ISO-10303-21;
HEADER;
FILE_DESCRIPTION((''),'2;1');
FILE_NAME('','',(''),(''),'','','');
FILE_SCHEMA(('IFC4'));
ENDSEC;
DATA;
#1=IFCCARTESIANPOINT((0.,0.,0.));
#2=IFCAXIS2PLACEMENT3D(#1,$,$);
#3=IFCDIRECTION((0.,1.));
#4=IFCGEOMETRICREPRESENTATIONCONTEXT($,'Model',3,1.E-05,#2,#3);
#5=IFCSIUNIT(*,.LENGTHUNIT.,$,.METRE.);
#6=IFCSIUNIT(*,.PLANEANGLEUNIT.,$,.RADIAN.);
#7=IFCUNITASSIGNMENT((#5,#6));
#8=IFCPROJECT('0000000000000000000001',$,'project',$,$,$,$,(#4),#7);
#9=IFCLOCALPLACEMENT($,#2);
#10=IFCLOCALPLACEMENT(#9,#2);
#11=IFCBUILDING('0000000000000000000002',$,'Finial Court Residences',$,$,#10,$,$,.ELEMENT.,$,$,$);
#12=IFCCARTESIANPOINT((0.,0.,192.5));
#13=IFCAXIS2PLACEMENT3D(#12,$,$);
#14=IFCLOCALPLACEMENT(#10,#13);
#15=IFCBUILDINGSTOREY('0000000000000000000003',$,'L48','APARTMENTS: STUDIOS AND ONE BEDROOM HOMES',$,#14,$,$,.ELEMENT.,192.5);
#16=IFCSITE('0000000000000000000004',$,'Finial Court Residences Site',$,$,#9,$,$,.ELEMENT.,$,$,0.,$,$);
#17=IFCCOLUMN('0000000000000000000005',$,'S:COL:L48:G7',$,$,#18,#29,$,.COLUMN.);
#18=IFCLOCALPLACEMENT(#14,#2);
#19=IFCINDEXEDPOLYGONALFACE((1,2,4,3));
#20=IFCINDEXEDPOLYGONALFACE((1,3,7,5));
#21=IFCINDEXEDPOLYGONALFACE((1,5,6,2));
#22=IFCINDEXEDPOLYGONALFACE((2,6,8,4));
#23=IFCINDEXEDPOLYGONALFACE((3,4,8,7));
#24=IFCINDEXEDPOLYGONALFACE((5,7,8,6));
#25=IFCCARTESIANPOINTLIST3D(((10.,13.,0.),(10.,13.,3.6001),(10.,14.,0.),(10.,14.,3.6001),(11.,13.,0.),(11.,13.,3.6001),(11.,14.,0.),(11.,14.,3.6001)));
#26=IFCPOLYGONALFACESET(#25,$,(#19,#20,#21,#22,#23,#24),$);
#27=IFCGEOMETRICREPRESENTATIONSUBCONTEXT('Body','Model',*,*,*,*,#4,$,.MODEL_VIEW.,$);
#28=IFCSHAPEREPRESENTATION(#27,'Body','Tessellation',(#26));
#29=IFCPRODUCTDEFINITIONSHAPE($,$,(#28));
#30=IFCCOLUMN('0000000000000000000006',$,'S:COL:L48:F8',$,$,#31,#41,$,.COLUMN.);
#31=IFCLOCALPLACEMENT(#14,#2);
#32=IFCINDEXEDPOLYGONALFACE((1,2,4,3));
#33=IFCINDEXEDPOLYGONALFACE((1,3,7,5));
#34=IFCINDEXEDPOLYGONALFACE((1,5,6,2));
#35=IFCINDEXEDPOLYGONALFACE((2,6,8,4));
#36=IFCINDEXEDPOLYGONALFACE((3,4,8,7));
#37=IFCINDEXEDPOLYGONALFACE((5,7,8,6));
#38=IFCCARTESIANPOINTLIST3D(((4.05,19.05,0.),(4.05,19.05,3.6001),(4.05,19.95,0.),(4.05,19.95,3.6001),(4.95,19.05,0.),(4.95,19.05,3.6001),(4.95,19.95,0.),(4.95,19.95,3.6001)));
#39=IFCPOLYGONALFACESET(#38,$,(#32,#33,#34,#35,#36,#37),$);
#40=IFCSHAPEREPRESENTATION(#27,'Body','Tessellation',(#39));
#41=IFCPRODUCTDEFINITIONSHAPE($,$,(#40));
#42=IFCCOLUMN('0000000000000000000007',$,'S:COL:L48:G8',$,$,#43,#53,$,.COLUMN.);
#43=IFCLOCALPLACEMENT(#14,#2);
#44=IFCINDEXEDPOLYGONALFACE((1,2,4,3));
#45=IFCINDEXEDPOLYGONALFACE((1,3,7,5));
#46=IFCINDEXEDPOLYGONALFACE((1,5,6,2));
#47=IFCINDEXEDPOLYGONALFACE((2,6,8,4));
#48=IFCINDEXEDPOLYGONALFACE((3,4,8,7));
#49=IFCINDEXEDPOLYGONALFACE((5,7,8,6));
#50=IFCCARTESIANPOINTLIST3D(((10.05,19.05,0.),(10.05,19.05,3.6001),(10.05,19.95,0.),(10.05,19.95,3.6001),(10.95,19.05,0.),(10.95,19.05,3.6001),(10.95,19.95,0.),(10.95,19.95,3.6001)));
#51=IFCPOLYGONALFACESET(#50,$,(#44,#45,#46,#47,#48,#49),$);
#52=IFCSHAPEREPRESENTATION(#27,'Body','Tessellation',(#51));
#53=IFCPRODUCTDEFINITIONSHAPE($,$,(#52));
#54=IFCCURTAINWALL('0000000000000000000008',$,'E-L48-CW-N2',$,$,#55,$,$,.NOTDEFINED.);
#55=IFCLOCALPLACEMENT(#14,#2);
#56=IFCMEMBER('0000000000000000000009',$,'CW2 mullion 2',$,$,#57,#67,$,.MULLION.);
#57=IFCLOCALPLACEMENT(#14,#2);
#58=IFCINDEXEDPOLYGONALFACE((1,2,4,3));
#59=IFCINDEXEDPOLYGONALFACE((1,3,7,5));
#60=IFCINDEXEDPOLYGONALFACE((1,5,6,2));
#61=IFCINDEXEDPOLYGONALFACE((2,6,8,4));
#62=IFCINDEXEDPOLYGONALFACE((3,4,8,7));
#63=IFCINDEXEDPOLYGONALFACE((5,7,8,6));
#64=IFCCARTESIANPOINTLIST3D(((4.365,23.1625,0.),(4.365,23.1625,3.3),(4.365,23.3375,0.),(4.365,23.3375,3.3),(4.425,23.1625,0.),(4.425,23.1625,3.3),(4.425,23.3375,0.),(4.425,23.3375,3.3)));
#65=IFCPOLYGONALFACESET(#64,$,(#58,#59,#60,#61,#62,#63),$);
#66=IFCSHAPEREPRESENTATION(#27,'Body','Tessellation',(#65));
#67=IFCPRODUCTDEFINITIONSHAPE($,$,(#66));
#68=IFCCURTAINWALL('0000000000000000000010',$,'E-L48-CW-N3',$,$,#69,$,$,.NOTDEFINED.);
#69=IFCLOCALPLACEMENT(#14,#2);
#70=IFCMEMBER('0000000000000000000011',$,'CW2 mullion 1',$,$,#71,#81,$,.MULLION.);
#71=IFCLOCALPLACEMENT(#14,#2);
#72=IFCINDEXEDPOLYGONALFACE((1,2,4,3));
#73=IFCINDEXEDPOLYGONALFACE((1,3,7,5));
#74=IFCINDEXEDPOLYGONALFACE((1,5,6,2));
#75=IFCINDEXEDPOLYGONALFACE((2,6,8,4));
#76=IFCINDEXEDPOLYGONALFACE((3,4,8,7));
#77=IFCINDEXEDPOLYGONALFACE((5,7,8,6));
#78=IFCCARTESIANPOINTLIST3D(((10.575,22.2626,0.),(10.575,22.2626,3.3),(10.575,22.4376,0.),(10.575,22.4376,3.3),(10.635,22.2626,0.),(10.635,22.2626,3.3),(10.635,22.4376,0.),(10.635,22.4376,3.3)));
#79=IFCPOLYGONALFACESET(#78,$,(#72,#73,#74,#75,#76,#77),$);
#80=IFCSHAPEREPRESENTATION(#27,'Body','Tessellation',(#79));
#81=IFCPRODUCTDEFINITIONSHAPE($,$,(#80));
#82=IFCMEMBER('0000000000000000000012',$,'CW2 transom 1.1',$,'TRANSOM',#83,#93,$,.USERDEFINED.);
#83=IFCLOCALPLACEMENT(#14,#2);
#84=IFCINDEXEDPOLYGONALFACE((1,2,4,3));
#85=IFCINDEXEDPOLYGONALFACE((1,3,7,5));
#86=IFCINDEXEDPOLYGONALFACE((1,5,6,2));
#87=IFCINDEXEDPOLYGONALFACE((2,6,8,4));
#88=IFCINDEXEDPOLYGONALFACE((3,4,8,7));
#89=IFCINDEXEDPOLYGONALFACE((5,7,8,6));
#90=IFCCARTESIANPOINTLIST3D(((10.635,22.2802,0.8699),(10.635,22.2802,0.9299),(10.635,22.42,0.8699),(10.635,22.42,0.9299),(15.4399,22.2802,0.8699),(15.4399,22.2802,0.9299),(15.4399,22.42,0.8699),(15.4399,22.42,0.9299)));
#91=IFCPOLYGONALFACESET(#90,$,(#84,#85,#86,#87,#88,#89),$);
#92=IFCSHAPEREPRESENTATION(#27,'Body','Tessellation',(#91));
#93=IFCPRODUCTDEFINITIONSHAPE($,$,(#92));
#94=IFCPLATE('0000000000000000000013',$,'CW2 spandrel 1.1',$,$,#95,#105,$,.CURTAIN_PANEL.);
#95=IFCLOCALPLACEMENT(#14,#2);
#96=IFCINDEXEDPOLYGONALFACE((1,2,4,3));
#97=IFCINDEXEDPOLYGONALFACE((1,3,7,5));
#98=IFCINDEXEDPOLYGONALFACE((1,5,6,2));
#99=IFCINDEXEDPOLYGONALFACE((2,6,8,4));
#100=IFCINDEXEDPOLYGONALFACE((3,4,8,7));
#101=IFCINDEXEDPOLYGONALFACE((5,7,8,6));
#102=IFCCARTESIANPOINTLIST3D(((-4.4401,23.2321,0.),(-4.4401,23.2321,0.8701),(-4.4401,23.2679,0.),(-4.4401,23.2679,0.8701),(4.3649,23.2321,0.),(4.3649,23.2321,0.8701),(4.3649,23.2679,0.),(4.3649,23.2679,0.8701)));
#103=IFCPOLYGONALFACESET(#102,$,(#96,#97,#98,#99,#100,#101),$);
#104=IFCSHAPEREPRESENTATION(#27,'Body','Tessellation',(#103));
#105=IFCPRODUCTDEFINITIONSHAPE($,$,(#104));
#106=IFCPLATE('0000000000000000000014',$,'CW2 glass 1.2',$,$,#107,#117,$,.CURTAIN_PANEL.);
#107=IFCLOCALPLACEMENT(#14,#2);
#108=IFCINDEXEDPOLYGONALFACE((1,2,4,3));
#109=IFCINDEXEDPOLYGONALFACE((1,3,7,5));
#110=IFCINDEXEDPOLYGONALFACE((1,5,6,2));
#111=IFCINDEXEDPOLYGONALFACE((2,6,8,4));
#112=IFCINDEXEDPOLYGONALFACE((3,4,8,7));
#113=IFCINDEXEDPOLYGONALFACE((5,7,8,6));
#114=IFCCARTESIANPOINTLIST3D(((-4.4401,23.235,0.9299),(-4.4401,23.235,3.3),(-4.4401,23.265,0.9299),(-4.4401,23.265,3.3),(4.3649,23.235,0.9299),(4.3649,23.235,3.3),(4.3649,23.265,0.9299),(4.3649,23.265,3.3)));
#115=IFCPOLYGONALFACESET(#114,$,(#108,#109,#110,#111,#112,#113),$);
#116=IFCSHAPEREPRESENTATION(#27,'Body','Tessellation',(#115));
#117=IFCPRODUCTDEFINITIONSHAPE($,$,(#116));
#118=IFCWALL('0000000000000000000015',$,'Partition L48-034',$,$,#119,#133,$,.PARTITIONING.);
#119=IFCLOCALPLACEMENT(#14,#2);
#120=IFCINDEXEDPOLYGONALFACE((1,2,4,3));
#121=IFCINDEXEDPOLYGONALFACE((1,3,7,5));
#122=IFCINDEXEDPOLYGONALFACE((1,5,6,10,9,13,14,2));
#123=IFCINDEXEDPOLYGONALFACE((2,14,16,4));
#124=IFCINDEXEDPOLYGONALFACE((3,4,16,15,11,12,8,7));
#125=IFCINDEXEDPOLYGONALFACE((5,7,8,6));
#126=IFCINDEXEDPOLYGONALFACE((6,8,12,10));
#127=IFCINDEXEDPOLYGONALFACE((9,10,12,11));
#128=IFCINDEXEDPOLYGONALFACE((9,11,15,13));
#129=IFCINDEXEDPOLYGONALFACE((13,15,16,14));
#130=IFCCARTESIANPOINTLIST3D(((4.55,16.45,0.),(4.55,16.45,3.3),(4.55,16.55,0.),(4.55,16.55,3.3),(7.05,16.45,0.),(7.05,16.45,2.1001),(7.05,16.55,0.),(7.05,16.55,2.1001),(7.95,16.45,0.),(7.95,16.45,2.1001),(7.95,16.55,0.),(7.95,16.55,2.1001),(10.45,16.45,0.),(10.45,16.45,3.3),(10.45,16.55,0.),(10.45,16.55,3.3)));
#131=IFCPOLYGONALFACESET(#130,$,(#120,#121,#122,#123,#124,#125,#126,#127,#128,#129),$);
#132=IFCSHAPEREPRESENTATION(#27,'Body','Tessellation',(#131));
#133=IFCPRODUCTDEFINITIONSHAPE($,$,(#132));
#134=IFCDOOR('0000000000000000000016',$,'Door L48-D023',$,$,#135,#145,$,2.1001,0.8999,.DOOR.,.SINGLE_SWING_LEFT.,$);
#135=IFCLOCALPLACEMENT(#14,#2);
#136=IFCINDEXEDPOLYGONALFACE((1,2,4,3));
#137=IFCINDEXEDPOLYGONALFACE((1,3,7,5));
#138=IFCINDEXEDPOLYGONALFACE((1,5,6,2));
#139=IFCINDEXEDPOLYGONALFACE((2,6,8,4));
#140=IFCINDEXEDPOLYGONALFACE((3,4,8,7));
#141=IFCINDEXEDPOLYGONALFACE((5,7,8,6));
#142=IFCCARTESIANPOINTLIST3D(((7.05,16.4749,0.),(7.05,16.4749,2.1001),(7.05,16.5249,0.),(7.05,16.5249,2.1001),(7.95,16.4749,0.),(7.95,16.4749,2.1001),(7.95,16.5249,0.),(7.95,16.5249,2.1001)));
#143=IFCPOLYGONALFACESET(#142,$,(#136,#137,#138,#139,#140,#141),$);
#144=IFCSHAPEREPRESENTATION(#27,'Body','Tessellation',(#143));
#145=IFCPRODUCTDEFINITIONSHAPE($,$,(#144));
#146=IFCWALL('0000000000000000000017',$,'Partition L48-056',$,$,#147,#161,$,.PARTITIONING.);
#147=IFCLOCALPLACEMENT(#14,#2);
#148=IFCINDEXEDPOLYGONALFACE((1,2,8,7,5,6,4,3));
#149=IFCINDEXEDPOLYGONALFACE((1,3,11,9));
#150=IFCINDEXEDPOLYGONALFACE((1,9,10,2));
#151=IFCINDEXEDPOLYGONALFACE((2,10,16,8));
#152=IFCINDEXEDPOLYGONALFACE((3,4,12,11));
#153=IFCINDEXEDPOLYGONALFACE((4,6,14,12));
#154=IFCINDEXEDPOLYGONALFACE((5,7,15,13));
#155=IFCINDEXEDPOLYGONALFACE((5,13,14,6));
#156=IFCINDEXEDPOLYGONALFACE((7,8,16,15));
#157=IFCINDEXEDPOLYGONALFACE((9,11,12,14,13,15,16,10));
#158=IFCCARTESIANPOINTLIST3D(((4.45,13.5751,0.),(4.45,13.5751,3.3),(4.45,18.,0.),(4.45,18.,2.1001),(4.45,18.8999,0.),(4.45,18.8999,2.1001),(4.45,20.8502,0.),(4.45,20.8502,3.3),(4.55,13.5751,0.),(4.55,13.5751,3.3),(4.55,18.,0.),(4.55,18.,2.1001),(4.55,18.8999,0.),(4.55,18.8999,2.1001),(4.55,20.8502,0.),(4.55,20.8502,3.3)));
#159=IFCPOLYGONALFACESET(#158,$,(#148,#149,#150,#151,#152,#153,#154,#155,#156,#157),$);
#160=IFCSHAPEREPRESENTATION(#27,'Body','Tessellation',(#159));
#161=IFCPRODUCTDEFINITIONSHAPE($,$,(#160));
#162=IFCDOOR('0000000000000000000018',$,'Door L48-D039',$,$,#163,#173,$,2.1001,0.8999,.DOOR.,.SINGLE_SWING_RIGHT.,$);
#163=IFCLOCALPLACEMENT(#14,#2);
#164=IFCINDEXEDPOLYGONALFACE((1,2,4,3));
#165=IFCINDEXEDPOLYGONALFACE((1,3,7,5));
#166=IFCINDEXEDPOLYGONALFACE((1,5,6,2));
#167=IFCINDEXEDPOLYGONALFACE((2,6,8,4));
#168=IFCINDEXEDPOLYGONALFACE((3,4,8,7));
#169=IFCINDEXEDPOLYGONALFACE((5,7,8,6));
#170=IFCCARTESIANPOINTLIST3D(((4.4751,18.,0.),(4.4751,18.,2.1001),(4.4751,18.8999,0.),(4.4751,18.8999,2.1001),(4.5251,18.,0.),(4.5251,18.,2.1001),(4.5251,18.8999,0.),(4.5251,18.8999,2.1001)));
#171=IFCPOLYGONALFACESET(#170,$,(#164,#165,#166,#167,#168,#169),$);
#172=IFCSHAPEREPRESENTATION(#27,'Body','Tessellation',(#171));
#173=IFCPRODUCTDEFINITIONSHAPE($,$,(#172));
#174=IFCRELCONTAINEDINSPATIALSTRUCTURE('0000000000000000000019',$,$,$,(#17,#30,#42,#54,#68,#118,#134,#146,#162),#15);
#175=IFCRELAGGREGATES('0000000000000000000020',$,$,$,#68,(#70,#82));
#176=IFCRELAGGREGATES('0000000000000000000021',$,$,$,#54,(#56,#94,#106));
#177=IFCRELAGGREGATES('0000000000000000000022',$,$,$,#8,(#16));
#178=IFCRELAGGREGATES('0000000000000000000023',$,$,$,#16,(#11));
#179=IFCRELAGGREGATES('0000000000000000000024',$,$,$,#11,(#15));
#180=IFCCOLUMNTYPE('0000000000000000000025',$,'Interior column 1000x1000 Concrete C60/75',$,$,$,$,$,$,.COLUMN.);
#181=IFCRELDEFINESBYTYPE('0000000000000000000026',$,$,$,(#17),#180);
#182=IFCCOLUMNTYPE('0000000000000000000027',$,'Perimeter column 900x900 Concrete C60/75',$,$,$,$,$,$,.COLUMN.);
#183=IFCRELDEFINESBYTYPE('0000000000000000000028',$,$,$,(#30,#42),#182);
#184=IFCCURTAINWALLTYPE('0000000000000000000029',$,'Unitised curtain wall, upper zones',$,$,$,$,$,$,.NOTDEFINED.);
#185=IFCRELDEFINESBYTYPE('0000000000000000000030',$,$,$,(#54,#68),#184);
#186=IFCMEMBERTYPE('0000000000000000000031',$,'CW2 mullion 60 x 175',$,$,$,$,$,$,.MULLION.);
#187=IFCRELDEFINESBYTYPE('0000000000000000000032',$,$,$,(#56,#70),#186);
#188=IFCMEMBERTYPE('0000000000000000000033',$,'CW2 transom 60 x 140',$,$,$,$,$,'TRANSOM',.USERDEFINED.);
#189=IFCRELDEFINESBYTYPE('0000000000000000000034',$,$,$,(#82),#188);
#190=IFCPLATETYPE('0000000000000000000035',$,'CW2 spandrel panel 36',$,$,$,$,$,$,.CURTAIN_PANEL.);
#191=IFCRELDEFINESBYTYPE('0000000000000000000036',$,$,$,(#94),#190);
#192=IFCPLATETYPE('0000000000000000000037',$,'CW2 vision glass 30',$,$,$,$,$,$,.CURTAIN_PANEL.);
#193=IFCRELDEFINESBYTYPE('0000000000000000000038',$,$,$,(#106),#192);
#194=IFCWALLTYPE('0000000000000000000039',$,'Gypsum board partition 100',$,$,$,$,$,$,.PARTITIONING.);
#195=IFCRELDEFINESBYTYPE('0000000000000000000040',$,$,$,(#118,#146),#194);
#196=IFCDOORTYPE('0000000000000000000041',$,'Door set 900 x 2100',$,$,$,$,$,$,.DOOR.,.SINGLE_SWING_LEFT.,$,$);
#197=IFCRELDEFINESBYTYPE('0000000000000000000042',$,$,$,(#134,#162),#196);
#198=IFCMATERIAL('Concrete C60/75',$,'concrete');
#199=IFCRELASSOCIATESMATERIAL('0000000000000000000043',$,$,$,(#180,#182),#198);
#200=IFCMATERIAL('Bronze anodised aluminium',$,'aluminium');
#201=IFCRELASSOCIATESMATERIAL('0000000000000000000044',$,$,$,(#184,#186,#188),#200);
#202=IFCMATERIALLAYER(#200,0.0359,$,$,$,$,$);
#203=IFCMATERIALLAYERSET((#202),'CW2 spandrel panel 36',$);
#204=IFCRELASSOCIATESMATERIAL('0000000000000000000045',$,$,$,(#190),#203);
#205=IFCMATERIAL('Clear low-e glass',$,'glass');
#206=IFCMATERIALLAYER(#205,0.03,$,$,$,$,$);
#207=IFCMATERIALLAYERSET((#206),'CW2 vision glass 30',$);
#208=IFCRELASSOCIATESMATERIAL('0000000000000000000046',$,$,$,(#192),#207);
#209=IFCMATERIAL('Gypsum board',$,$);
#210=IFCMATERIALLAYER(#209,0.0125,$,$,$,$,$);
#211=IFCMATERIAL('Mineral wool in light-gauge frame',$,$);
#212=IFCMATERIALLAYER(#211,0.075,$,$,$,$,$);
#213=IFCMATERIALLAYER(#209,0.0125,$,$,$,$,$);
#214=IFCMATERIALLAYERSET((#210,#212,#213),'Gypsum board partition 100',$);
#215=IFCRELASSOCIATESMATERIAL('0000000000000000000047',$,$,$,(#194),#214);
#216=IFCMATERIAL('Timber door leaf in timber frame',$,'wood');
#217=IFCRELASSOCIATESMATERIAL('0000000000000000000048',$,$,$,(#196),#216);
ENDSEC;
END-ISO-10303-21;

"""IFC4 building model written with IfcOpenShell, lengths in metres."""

from ifc_helpers import new_model, si_unit, direction, frame, frame_2d, origin, origin_2d, place, context, subcontext, project, spatial, rectangle, extrude, material, layer, layer_set, material_profile, profile_set, type_object, element, fill, aggregate, save


model = new_model("IFC4")

# Units and contexts
model_context = context("Model", 3, precision=1e-05, world=origin(), true_north=direction((0.0, 1.0)))
body_context = subcontext(model_context, "Body", "Model", "MODEL_VIEW")
ifc_project = project(units=[si_unit("LENGTHUNIT", "METRE"), si_unit("PLANEANGLEUNIT", "RADIAN")], contexts=[model_context])

# Site, building, storey
site_placement = place(None, origin())
site = spatial("IfcSite", under=ifc_project, at=site_placement, Name="Finial Court Residences Site", CompositionType="ELEMENT", RefElevation=0.0)
building_placement = place(site_placement, origin())
building = spatial("IfcBuilding", under=site, at=building_placement, Name="Finial Court Residences", CompositionType="ELEMENT")
storey_placement = place(building_placement, frame((0.0, 0.0, 192.5)))
storey = spatial("IfcBuildingStorey", under=building, at=storey_placement, Name="L48", Description="APARTMENTS: STUDIOS AND ONE BEDROOM HOMES", CompositionType="ELEMENT", Elevation=192.5)

# Columns
ifc_material_1 = material(Name="Concrete C60/75", Category="concrete")
ifc_material_profile_1 = material_profile(ifc_material_1, rectangle(XDim=1.0, YDim=1.0, at=origin_2d()), Name="1000x1000")
ifc_profile_set_1 = profile_set([ifc_material_profile_1], Name="Concrete C60/75")
column_type_1 = type_object("IfcColumnType", Name="Interior column 1000x1000 Concrete C60/75", PredefinedType="COLUMN", material=ifc_profile_set_1)
column_placement = place(storey_placement, frame((10.5, 13.5, 0.0), z_axis=(0.0, 0.0, 1.0), x_axis=(1.0, 0.0, 0.0)))
element("IfcColumn", 1, at=column_placement, inside=storey, type_object=column_type_1, Name="S:COL:L48:G7", PredefinedType="COLUMN", context=body_context, shape_type="SweptSolid", body=[
    extrude(rectangle(XDim=1.0, YDim=1.0, at=origin_2d()), origin(), (0.0, 0.0, 1.0), 3.6001),
])
ifc_material_profile_2 = material_profile(ifc_material_1, rectangle(XDim=0.8999, YDim=0.8999, at=origin_2d()), Name="900x900")
ifc_profile_set_2 = profile_set([ifc_material_profile_2], Name="Concrete C60/75")
column_type_2 = type_object("IfcColumnType", Name="Perimeter column 900x900 Concrete C60/75", PredefinedType="COLUMN", material=ifc_profile_set_2)
for number, where, z_axis, x_axis, name in (
    (2, (4.5, 19.5, 0.0), (0.0, 0.0, 1.0), (1.0, 0.0, 0.0), "S:COL:L48:F8"),
    (3, (10.5, 19.5, 0.0), (0.0, 0.0, 1.0), (1.0, 0.0, 0.0), "S:COL:L48:G8"),
):
    element("IfcColumn", number, at=place(storey_placement, frame(where, z_axis=z_axis, x_axis=x_axis)), inside=storey, type_object=column_type_2, Name=name, PredefinedType="COLUMN", context=body_context, shape_type="SweptSolid", body=[
        extrude(rectangle(XDim=0.8999, YDim=0.8999, at=origin_2d()), origin(), (0.0, 0.0, 1.0), 3.6001),
    ])

# Curtain wall, member
ifc_material_2 = material(Name="Bronze anodised aluminium", Category="aluminium")
curtain_wall_type = type_object("IfcCurtainWallType", Name="Unitised curtain wall, upper zones", PredefinedType="NOTDEFINED", material=ifc_material_2)
curtain_wall_1_placement = place(storey_placement, origin())
curtain_wall_1 = element("IfcCurtainWall", 4, at=curtain_wall_1_placement, inside=storey, type_object=curtain_wall_type, Name="E-L48-CW-N2", PredefinedType="NOTDEFINED")
ifc_material_profile_3 = material_profile(ifc_material_2, rectangle(XDim=0.175, YDim=0.0601, at=origin_2d()), Name="CW2 mullion 60 x 175")
ifc_profile_set_3 = profile_set([ifc_material_profile_3], Name="Bronze anodised aluminium")
member_type_1 = type_object("IfcMemberType", Name="CW2 mullion 60 x 175", PredefinedType="MULLION", material=ifc_profile_set_3)
member_1_placement = place(storey_placement, frame((4.395, 23.25, 0.0), z_axis=(0.0, 0.0, 1.0), x_axis=(0.0, 1.0, 0.0)))
member_1 = element("IfcMember", 5, at=member_1_placement, type_object=member_type_1, Name="CW2 mullion 2", PredefinedType="MULLION", context=body_context, shape_type="SweptSolid", body=[
    extrude(rectangle(XDim=0.175, YDim=0.0601, at=origin_2d()), origin(), (0.0, 0.0, 1.0), 3.3),
])

# Curtain wall, members
curtain_wall_2_placement = place(storey_placement, origin())
curtain_wall_2 = element("IfcCurtainWall", 6, at=curtain_wall_2_placement, inside=storey, type_object=curtain_wall_type, Name="E-L48-CW-N3", PredefinedType="NOTDEFINED")
member_2_placement = place(storey_placement, frame((10.605, 22.3501, 0.0), z_axis=(0.0, 0.0, 1.0), x_axis=(0.0, 1.0, 0.0)))
member_2 = element("IfcMember", 7, at=member_2_placement, type_object=member_type_1, Name="CW2 mullion 1", PredefinedType="MULLION", context=body_context, shape_type="SweptSolid", body=[
    extrude(rectangle(XDim=0.175, YDim=0.0601, at=origin_2d()), origin(), (0.0, 0.0, 1.0), 3.3),
])
ifc_material_profile_4 = material_profile(ifc_material_2, rectangle(XDim=0.1399, YDim=0.0601, at=origin_2d()), Name="CW2 transom 60 x 140")
ifc_profile_set_4 = profile_set([ifc_material_profile_4], Name="Bronze anodised aluminium")
member_type_2 = type_object("IfcMemberType", Name="CW2 transom 60 x 140", ElementType="TRANSOM", PredefinedType="USERDEFINED", material=ifc_profile_set_4)
member_3_placement = place(storey_placement, frame((10.635, 22.3501, 0.8999), z_axis=(1.0, 0.0, 0.0), x_axis=(0.0, 1.0, 0.0)))
member_3 = element("IfcMember", 8, at=member_3_placement, type_object=member_type_2, Name="CW2 transom 1.1", ObjectType="TRANSOM", PredefinedType="USERDEFINED", context=body_context, shape_type="SweptSolid", body=[
    extrude(rectangle(XDim=0.1399, YDim=0.0601, at=origin_2d()), origin(), (0.0, 0.0, 1.0), 4.8049),
])
aggregate(curtain_wall_2, [member_2, member_3])

# Plates
ifc_layer_1 = layer(ifc_material_2, 0.0359)
ifc_layer_set_1 = layer_set([ifc_layer_1], Name="CW2 spandrel panel 36")
plate_type_1 = type_object("IfcPlateType", Name="CW2 spandrel panel 36", PredefinedType="CURTAIN_PANEL", material=ifc_layer_set_1)
plate_1_placement = place(storey_placement, frame((-0.0376, 23.25, 0.0), z_axis=(0.0, 0.0, 1.0), x_axis=(1.0, 0.0, 0.0)))
plate_1 = element("IfcPlate", 9, at=plate_1_placement, type_object=plate_type_1, Name="CW2 spandrel 1.1", PredefinedType="CURTAIN_PANEL", context=body_context, shape_type="SweptSolid", body=[
    extrude(rectangle(XDim=8.8049, YDim=0.0359, at=origin_2d()), origin(), (0.0, 0.0, 1.0), 0.8701),
])
ifc_material_3 = material(Name="Clear low-e glass", Category="glass")
ifc_layer_2 = layer(ifc_material_3, 0.03)
ifc_layer_set_2 = layer_set([ifc_layer_2], Name="CW2 vision glass 30")
plate_type_2 = type_object("IfcPlateType", Name="CW2 vision glass 30", PredefinedType="CURTAIN_PANEL", material=ifc_layer_set_2)
plate_2_placement = place(storey_placement, frame((-0.0376, 23.25, 0.9299), z_axis=(0.0, 0.0, 1.0), x_axis=(1.0, 0.0, 0.0)))
plate_2 = element("IfcPlate", 10, at=plate_2_placement, type_object=plate_type_2, Name="CW2 glass 1.2", PredefinedType="CURTAIN_PANEL", context=body_context, shape_type="SweptSolid", body=[
    extrude(rectangle(XDim=8.8049, YDim=0.03, at=origin_2d()), origin(), (0.0, 0.0, 1.0), 2.3701),
])
aggregate(curtain_wall_1, [member_1, plate_1, plate_2])

# Walls, openings, doors
ifc_material_4 = material(Name="Gypsum board")
ifc_layer_3 = layer(ifc_material_4, 0.0125)
ifc_material_5 = material(Name="Mineral wool in light-gauge frame")
ifc_layer_4 = layer(ifc_material_5, 0.075)
ifc_layer_5 = layer(ifc_material_4, 0.0125)
ifc_layer_set_3 = layer_set([ifc_layer_3, ifc_layer_4, ifc_layer_5], Name="Gypsum board partition 100")
wall_type_1 = type_object("IfcWallType", Name="Gypsum board partition 100", PredefinedType="PARTITIONING", material=ifc_layer_set_3)
wall_1_placement = place(storey_placement, frame((4.55, 16.5, 0.0), z_axis=(0.0, 0.0, 1.0), x_axis=(1.0, 0.0, 0.0)))
wall_1 = element("IfcWall", 11, at=wall_1_placement, inside=storey, type_object=wall_type_1, Name="Partition L48-034", PredefinedType="PARTITIONING", context=body_context, shape_type="SweptSolid", body=[
    extrude(rectangle(XDim=5.8999, YDim=0.1001, at=frame_2d((2.95, 0.0))), origin(), (0.0, 0.0, 1.0), 3.3),
])
opening_1_placement = place(wall_1_placement, frame((2.5, 0.0, 0.0)))
opening_1 = element("IfcOpeningElement", 12, at=opening_1_placement, cuts=wall_1, PredefinedType="OPENING", context=body_context, shape_type="SweptSolid", body=[
    extrude(rectangle(XDim=0.8999, YDim=2.1001, at=frame_2d((0.45, 1.05))), frame((0.0, 0.0601, 0.0), z_axis=(0.0, -1.0, 0.0), x_axis=(1.0, 0.0, 0.0)), (0.0, 0.0, 1.0), 0.1201),
])
ifc_material_6 = material(Name="Timber door leaf in timber frame", Category="wood")
door_type_1 = type_object("IfcDoorType", Name="Door set 900 x 2100", OperationType="SINGLE_SWING_LEFT", PredefinedType="DOOR", material=ifc_material_6)
door_1_placement = place(opening_1_placement, origin())
door_1 = element("IfcDoor", 13, at=door_1_placement, inside=storey, type_object=door_type_1, Name="Door L48-D023", OperationType="SINGLE_SWING_LEFT", OverallHeight=2.1001, OverallWidth=0.8999, PredefinedType="DOOR", context=body_context, shape_type="SweptSolid", body=[
    extrude(rectangle(XDim=0.8999, YDim=2.1001, at=frame_2d((0.45, 1.05))), frame((0.0, 0.0249, 0.0), z_axis=(0.0, -1.0, 0.0), x_axis=(1.0, 0.0, 0.0)), (0.0, 0.0, 1.0), 0.05),
])
fill(opening_1, door_1)
wall_2_placement = place(storey_placement, frame((4.5, 13.575, 0.0), z_axis=(0.0, 0.0, 1.0), x_axis=(0.0, 1.0, 0.0)))
wall_2 = element("IfcWall", 14, at=wall_2_placement, inside=storey, type_object=wall_type_1, Name="Partition L48-056", PredefinedType="PARTITIONING", context=body_context, shape_type="SweptSolid", body=[
    extrude(rectangle(XDim=7.2751, YDim=0.1001, at=frame_2d((3.6377, 0.0))), origin(), (0.0, 0.0, 1.0), 3.3),
])
opening_2_placement = place(wall_2_placement, frame((4.425, 0.0, 0.0)))
opening_2 = element("IfcOpeningElement", 15, at=opening_2_placement, cuts=wall_2, PredefinedType="OPENING", context=body_context, shape_type="SweptSolid", body=[
    extrude(rectangle(XDim=0.8999, YDim=2.1001, at=frame_2d((0.45, 1.05))), frame((0.0, 0.0601, 0.0), z_axis=(0.0, -1.0, 0.0), x_axis=(1.0, 0.0, 0.0)), (0.0, 0.0, 1.0), 0.1201),
])
door_2_placement = place(opening_2_placement, origin())
door_2 = element("IfcDoor", 16, at=door_2_placement, inside=storey, type_object=door_type_1, Name="Door L48-D039", OperationType="SINGLE_SWING_RIGHT", OverallHeight=2.1001, OverallWidth=0.8999, PredefinedType="DOOR", context=body_context, shape_type="SweptSolid", body=[
    extrude(rectangle(XDim=0.8999, YDim=2.1001, at=frame_2d((0.45, 1.05))), frame((0.0, 0.0249, 0.0), z_axis=(0.0, -1.0, 0.0), x_axis=(1.0, 0.0, 0.0)), (0.0, 0.0, 1.0), 0.05),
])
fill(opening_2, door_2)

save(model, "model.ifc")
